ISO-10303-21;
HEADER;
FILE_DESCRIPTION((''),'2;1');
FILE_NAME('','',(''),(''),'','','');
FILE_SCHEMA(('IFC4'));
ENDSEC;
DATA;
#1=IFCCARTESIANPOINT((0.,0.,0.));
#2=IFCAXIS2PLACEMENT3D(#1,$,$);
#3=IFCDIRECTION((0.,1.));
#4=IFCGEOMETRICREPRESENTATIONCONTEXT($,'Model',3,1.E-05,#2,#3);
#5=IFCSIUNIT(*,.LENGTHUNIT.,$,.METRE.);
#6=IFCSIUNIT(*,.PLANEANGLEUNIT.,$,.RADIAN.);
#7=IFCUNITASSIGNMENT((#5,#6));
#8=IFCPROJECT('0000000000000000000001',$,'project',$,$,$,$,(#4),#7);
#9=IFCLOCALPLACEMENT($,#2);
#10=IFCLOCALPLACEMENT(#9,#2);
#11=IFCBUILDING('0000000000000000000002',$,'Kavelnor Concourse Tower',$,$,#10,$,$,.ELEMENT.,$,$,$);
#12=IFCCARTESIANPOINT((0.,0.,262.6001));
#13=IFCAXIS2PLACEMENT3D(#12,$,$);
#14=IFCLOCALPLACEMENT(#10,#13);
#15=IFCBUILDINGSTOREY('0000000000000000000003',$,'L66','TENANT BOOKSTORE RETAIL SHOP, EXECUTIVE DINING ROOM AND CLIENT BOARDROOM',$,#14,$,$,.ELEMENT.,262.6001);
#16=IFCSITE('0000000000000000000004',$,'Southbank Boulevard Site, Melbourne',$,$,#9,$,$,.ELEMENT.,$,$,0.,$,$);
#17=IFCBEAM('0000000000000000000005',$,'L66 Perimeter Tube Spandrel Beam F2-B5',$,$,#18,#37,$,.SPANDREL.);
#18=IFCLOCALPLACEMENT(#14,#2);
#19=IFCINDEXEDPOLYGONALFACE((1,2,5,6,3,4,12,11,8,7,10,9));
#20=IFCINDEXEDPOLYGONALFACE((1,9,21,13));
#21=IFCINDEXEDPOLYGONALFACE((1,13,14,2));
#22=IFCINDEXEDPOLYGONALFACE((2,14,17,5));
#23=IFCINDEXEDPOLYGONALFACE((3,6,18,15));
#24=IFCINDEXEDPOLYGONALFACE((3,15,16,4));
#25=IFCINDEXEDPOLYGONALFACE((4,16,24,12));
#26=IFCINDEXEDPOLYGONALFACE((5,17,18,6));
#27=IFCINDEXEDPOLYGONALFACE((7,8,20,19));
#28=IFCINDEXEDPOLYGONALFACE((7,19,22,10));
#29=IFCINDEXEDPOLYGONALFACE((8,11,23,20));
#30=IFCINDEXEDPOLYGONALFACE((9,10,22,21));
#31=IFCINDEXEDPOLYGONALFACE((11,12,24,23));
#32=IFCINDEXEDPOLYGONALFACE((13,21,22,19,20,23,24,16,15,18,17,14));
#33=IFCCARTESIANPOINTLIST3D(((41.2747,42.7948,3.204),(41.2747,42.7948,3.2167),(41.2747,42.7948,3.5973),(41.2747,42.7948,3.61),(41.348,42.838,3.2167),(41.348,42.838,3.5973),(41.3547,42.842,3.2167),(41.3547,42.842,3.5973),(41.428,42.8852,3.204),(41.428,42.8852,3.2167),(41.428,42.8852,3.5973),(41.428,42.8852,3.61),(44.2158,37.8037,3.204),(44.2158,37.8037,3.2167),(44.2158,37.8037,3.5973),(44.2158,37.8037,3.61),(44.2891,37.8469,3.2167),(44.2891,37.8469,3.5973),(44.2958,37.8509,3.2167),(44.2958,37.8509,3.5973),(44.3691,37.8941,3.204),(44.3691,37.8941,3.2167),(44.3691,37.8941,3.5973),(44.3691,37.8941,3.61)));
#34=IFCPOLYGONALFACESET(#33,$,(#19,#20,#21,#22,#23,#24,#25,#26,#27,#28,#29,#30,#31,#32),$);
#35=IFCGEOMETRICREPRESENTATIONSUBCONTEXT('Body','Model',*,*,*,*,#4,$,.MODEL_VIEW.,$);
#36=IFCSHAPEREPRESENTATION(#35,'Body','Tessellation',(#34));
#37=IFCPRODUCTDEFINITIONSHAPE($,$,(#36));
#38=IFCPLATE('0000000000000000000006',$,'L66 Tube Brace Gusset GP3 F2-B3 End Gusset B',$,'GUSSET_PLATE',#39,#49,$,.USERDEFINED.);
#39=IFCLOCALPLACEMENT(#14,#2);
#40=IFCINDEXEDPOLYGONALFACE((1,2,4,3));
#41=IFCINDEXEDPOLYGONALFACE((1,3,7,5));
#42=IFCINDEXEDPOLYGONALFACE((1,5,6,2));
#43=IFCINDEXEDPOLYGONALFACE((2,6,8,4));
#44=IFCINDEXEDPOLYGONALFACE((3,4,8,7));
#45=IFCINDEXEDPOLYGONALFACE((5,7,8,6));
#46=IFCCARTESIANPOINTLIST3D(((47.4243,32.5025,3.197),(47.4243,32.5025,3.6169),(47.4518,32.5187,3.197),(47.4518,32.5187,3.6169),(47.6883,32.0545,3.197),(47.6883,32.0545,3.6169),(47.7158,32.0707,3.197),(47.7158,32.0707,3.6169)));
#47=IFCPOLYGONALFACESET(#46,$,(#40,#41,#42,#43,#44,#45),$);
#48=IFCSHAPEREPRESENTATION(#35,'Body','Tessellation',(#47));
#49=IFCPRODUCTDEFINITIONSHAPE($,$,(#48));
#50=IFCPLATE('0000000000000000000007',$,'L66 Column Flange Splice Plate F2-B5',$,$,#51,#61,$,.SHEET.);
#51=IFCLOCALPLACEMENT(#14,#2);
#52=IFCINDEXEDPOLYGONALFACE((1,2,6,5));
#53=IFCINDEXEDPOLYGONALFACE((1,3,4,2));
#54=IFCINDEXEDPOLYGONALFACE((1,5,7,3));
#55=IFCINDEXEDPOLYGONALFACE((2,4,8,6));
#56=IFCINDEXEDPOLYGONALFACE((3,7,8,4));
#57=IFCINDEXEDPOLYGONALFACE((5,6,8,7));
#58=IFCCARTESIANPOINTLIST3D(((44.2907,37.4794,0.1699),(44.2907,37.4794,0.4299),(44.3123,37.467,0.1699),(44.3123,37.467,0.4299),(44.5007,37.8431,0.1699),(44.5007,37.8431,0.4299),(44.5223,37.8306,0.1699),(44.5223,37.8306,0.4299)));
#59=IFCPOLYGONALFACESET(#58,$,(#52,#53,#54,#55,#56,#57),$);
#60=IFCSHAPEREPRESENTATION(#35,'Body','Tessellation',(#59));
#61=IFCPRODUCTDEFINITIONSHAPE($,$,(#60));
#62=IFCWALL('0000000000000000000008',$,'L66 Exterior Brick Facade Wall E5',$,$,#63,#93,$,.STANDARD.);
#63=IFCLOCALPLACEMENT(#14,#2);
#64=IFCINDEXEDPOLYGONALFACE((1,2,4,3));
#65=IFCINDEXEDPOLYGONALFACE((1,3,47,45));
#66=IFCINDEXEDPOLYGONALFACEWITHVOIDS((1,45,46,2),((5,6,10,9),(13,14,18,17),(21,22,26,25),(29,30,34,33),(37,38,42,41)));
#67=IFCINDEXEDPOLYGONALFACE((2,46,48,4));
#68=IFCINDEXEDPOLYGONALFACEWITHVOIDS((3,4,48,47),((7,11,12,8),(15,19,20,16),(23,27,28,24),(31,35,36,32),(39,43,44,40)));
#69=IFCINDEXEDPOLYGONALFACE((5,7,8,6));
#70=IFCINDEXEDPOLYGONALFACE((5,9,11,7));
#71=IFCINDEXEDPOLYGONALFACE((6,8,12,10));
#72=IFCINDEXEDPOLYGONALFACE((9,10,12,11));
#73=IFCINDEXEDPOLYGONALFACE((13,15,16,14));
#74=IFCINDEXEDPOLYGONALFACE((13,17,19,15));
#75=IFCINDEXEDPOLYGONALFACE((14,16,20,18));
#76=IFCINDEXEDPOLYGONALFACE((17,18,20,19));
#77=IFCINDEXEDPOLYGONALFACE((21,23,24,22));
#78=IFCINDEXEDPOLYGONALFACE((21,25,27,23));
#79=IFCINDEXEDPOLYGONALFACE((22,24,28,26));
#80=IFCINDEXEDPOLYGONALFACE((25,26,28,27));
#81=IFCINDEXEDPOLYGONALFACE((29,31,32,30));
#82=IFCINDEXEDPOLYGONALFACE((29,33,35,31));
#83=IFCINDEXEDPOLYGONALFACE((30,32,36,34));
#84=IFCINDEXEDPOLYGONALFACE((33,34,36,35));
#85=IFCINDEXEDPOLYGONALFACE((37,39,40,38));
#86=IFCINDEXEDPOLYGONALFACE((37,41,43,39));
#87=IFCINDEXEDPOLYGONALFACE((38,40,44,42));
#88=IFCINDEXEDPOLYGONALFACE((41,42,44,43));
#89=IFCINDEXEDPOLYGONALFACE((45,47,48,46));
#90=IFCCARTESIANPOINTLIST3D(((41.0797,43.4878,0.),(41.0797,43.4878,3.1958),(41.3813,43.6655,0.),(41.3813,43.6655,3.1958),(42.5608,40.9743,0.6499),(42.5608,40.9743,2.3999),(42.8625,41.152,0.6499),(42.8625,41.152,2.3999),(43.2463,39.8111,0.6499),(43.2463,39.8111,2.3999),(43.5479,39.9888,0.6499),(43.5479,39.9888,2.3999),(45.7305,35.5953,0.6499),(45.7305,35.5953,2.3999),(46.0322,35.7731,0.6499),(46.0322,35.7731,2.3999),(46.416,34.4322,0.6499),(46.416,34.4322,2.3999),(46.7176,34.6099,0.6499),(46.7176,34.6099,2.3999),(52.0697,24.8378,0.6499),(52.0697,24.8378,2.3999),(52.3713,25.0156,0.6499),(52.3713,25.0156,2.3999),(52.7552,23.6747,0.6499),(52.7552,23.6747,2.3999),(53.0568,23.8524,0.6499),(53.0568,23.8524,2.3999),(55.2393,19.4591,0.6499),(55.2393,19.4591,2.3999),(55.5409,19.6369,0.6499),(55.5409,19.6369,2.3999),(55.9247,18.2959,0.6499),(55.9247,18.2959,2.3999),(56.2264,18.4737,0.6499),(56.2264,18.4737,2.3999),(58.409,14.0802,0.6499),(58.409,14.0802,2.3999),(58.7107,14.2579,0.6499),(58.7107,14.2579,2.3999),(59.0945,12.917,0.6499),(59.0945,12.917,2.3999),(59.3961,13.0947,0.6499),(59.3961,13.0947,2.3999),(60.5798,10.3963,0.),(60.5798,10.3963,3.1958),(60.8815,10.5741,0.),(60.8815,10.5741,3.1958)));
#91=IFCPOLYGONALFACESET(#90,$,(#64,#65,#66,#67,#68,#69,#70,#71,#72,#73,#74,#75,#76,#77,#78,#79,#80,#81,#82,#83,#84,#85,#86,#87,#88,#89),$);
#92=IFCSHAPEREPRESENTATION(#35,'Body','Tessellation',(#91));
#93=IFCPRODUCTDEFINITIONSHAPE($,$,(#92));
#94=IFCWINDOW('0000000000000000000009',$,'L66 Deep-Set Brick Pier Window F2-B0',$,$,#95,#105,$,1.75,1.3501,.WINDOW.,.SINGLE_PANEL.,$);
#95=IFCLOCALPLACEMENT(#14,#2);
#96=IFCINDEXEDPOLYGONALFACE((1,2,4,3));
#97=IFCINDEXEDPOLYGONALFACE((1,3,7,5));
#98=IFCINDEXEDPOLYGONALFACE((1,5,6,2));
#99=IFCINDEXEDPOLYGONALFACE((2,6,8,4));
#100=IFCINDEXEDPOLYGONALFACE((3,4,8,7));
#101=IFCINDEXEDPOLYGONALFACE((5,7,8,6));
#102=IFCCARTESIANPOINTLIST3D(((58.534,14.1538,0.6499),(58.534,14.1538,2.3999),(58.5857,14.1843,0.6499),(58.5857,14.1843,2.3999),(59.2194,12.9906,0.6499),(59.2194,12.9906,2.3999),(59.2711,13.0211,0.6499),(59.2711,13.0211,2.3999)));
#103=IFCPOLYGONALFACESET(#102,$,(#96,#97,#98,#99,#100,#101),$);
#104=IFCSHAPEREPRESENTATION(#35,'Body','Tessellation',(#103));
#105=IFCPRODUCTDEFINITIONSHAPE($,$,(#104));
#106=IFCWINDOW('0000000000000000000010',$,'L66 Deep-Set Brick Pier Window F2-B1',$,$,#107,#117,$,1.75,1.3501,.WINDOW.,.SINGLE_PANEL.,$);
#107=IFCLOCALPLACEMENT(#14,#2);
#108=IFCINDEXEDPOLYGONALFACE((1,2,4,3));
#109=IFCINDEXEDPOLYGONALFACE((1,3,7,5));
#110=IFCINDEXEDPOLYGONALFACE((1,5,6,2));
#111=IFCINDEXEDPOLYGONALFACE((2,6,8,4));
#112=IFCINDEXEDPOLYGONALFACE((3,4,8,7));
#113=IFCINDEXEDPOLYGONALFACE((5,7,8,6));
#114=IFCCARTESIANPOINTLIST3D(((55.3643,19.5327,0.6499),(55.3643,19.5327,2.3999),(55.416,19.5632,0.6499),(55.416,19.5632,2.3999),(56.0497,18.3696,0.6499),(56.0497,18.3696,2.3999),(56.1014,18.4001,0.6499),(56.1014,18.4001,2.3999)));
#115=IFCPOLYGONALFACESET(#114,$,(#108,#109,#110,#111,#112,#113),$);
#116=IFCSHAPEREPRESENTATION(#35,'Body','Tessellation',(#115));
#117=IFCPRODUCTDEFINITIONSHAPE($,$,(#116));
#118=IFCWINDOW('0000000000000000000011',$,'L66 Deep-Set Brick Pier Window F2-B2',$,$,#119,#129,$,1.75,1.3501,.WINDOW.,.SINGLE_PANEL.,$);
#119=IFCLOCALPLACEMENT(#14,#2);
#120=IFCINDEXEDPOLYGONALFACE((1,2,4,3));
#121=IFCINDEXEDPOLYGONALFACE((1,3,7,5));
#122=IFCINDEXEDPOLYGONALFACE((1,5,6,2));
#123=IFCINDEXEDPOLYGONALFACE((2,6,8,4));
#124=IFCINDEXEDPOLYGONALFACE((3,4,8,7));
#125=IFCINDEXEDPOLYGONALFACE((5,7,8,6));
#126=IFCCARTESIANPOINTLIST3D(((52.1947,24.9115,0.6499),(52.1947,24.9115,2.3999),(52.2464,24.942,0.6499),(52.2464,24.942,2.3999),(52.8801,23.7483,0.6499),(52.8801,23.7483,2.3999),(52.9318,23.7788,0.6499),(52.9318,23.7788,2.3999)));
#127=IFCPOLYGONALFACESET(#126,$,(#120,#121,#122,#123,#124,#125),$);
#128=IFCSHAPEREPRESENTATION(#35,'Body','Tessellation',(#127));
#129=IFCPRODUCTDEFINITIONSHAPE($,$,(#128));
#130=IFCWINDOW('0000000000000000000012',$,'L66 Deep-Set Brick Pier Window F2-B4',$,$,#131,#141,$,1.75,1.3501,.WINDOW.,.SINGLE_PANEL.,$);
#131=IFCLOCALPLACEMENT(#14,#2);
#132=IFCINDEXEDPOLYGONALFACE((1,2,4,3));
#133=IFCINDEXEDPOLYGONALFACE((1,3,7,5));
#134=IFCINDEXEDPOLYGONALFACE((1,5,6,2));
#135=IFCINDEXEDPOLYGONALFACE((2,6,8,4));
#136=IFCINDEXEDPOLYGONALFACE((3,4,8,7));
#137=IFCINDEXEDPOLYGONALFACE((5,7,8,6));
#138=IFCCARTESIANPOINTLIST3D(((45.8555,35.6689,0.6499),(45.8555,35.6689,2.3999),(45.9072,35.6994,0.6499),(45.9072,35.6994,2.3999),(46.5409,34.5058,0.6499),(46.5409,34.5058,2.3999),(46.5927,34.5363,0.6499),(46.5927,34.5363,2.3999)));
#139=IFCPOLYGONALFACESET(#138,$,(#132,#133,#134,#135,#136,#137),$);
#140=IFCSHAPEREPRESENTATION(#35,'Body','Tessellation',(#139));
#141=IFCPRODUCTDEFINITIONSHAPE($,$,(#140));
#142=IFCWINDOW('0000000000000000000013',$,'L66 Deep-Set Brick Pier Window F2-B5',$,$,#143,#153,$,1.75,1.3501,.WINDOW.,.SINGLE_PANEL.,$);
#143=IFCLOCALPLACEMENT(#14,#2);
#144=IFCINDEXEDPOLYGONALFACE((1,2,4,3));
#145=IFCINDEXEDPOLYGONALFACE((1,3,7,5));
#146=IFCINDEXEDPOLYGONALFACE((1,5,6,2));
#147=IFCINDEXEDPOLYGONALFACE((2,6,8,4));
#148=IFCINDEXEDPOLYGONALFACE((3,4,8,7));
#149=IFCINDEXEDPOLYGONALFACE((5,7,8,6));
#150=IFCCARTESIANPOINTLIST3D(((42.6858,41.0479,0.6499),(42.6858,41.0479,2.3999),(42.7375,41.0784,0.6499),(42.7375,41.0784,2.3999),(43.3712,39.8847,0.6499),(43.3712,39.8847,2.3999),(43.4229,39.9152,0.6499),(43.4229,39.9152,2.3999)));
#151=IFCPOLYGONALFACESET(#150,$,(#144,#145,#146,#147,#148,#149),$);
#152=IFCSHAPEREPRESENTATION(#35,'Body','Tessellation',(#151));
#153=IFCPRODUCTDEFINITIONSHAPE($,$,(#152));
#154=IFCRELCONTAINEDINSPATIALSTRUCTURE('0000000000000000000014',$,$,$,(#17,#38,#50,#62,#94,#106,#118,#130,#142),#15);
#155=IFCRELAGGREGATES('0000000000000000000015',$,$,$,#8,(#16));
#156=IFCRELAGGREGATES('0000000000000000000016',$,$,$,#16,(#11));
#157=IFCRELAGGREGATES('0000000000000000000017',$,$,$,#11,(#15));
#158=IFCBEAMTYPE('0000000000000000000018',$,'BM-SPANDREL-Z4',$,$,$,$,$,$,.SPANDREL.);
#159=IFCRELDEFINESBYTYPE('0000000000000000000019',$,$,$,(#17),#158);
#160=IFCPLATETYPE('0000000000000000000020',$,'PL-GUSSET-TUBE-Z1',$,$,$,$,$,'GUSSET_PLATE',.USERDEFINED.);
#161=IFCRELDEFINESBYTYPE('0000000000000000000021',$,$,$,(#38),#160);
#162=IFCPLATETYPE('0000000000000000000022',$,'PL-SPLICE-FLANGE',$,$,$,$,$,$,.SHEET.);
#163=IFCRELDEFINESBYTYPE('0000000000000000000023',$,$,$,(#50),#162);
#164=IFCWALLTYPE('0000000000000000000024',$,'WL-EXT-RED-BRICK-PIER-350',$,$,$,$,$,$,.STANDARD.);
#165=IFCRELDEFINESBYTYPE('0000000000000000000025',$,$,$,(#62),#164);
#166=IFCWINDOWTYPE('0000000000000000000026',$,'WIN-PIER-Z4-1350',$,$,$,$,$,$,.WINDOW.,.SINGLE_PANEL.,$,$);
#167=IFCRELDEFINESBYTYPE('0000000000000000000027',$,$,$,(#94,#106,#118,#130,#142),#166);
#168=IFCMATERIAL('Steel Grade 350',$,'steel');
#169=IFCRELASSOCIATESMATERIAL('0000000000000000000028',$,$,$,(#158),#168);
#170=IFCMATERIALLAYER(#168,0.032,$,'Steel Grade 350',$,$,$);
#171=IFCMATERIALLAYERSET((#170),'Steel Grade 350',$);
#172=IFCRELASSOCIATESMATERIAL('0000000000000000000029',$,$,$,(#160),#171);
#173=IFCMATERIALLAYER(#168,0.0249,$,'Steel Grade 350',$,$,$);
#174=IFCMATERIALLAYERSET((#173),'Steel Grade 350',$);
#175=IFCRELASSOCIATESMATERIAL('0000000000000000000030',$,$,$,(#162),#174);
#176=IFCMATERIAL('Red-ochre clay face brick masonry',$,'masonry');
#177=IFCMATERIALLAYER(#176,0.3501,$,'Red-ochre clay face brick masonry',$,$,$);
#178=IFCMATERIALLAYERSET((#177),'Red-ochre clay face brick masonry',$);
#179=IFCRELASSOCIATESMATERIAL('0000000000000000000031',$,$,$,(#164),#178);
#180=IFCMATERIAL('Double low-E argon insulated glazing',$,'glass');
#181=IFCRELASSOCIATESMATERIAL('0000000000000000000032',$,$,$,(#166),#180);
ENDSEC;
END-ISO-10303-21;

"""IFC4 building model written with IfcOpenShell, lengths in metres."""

from ifc_helpers import new_model, si_unit, direction, frame, frame_2d, origin, origin_2d, place, context, subcontext, project, spatial, rectangle, i_section, extrude, material, layer, layer_set, material_profile, profile_set, type_object, element, fill, save


model = new_model("IFC4")

# Units and contexts
model_context = context("Model", 3, precision=1e-05, world=origin(), true_north=direction((0.0, 1.0)))
body_context = subcontext(model_context, "Body", "Model", "MODEL_VIEW")
ifc_project = project(units=[si_unit("LENGTHUNIT", "METRE"), si_unit("PLANEANGLEUNIT", "RADIAN")], contexts=[model_context])

# Site, building, storey
site_placement = place(None, origin())
site = spatial("IfcSite", under=ifc_project, at=site_placement, Name="Southbank Boulevard Site, Melbourne", CompositionType="ELEMENT", RefElevation=0.0)
building_placement = place(site_placement, origin())
building = spatial("IfcBuilding", under=site, at=building_placement, Name="Kavelnor Concourse Tower", CompositionType="ELEMENT")
storey_placement = place(building_placement, frame((0.0, 0.0, 262.6001)))
storey = spatial("IfcBuildingStorey", under=building, at=storey_placement, Name="L66", Description="TENANT BOOKSTORE RETAIL SHOP, EXECUTIVE DINING ROOM AND CLIENT BOARDROOM", CompositionType="ELEMENT", Elevation=262.6001)

# Shared definitions
ifc_material_1 = material(Name="Steel Grade 350", Category="steel")

# Beam
ifc_material_profile_1 = material_profile(ifc_material_1, i_section(OverallWidth=0.178, OverallDepth=0.406, WebThickness=0.0078, FlangeThickness=0.0127, at=origin_2d()), Name="410UB59")
ifc_profile_set_1 = profile_set([ifc_material_profile_1], Name="Steel Grade 350")
beam_type_1 = type_object("IfcBeamType", Name="BM-SPANDREL-Z4", PredefinedType="SPANDREL", material=ifc_profile_set_1)
for number, where, z_axis, x_axis, name in (
    (1, (44.2925, 37.8489, 3.407), (-0.507681, 0.861545, 0.0), (-0.861545, -0.507681, 0.0), "L66 Perimeter Tube Spandrel Beam F2-B5"),
):
    element("IfcBeam", number, at=place(storey_placement, frame(where, z_axis=z_axis, x_axis=x_axis)), inside=storey, type_object=beam_type_1, Name=name, PredefinedType="SPANDREL", context=body_context, shape_type="SweptSolid", body=[
        extrude(i_section(OverallWidth=0.178, OverallDepth=0.406, WebThickness=0.0078, FlangeThickness=0.0127, at=origin_2d()), origin(), (0.0, 0.0, 1.0), 5.7932),
    ])

# Plates
ifc_layer_1 = layer(ifc_material_1, 0.032, Name="Steel Grade 350")
ifc_layer_set_1 = layer_set([ifc_layer_1], Name="Steel Grade 350")
plate_type_1 = type_object("IfcPlateType", Name="PL-GUSSET-TUBE-Z1", ElementType="GUSSET_PLATE", PredefinedType="USERDEFINED", material=ifc_layer_set_1)
plate_1_placement = place(storey_placement, frame((47.5701, 32.2866, 3.197), z_axis=(0.0, 0.0, 1.0), x_axis=(-0.507689, 0.861541, 0.0)))
element("IfcPlate", 2, at=plate_1_placement, inside=storey, type_object=plate_type_1, Name="L66 Tube Brace Gusset GP3 F2-B3 End Gusset B", ObjectType="GUSSET_PLATE", PredefinedType="USERDEFINED", context=body_context, shape_type="SweptSolid", body=[
    extrude(rectangle(XDim=0.52, YDim=0.032, at=origin_2d()), origin(), (0.0, 0.0, 1.0), 0.4199),
])
ifc_layer_2 = layer(ifc_material_1, 0.0249, Name="Steel Grade 350")
ifc_layer_set_2 = layer_set([ifc_layer_2], Name="Steel Grade 350")
plate_type_2 = type_object("IfcPlateType", Name="PL-SPLICE-FLANGE", PredefinedType="SHEET", material=ifc_layer_set_2)
plate_2_placement = place(storey_placement, frame((44.4065, 37.655, 0.1699), z_axis=(0.0, 0.0, 1.0), x_axis=(-0.5, -0.866025, 0.0)))
element("IfcPlate", 3, at=plate_2_placement, inside=storey, type_object=plate_type_2, Name="L66 Column Flange Splice Plate F2-B5", PredefinedType="SHEET", context=body_context, shape_type="SweptSolid", body=[
    extrude(rectangle(XDim=0.4199, YDim=0.0249, at=origin_2d()), origin(), (0.0, 0.0, 1.0), 0.26),
])

# Wall, openings, windows
ifc_material_2 = material(Name="Red-ochre clay face brick masonry", Category="masonry")
ifc_layer_3 = layer(ifc_material_2, 0.3501, Name="Red-ochre clay face brick masonry")
ifc_layer_set_3 = layer_set([ifc_layer_3], Name="Red-ochre clay face brick masonry")
wall_type_1 = type_object("IfcWallType", Name="WL-EXT-RED-BRICK-PIER-350", PredefinedType="STANDARD", material=ifc_layer_set_3)
wall_1_placement = place(storey_placement, frame((41.2305, 43.5767, 0.0), z_axis=(0.0, 0.0, 1.0), x_axis=(0.50769, -0.86154, 0.0)))
wall_1 = element("IfcWall", 4, at=wall_1_placement, inside=storey, type_object=wall_type_1, Name="L66 Exterior Brick Facade Wall E5", PredefinedType="STANDARD", context=body_context, shape_type="SweptSolid", body=[
    extrude(rectangle(XDim=38.4097, YDim=0.3501, at=frame_2d((19.2048, 0.0))), origin(), (0.0, 0.0, 1.0), 3.1958),
])
opening_1_placement = place(wall_1_placement, frame((34.1338, 0.0, 0.6499)))
opening_1 = element("IfcOpeningElement", 5, at=opening_1_placement, cuts=wall_1, PredefinedType="OPENING", context=body_context, shape_type="SweptSolid", body=[
    extrude(rectangle(XDim=1.3501, YDim=1.75, at=frame_2d((0.675, 0.875))), frame((0.0, 0.1851, 0.0), z_axis=(0.0, -1.0, 0.0), x_axis=(1.0, 0.0, 0.0)), (0.0, 0.0, 1.0), 0.3701),
])
opening_2_placement = place(wall_1_placement, frame((27.8904, 0.0, 0.6499)))
opening_2 = element("IfcOpeningElement", 6, at=opening_2_placement, cuts=wall_1, PredefinedType="OPENING", context=body_context, shape_type="SweptSolid", body=[
    extrude(rectangle(XDim=1.3501, YDim=1.75, at=frame_2d((0.675, 0.875))), frame((0.0, 0.1851, 0.0), z_axis=(0.0, -1.0, 0.0), x_axis=(1.0, 0.0, 0.0)), (0.0, 0.0, 1.0), 0.3701),
])
opening_3_placement = place(wall_1_placement, frame((21.6472, 0.0, 0.6499)))
opening_3 = element("IfcOpeningElement", 7, at=opening_3_placement, cuts=wall_1, PredefinedType="OPENING", context=body_context, shape_type="SweptSolid", body=[
    extrude(rectangle(XDim=1.3501, YDim=1.75, at=frame_2d((0.675, 0.875))), frame((0.0, 0.1851, 0.0), z_axis=(0.0, -1.0, 0.0), x_axis=(1.0, 0.0, 0.0)), (0.0, 0.0, 1.0), 0.3701),
])
opening_4_placement = place(wall_1_placement, frame((9.1609, 0.0, 0.6499)))
opening_4 = element("IfcOpeningElement", 8, at=opening_4_placement, cuts=wall_1, PredefinedType="OPENING", context=body_context, shape_type="SweptSolid", body=[
    extrude(rectangle(XDim=1.3501, YDim=1.75, at=frame_2d((0.675, 0.875))), frame((0.0, 0.1851, 0.0), z_axis=(0.0, -1.0, 0.0), x_axis=(1.0, 0.0, 0.0)), (0.0, 0.0, 1.0), 0.3701),
])
opening_5_placement = place(wall_1_placement, frame((2.9175, 0.0, 0.6499)))
opening_5 = element("IfcOpeningElement", 9, at=opening_5_placement, cuts=wall_1, PredefinedType="OPENING", context=body_context, shape_type="SweptSolid", body=[
    extrude(rectangle(XDim=1.3501, YDim=1.75, at=frame_2d((0.675, 0.875))), frame((0.0, 0.1851, 0.0), z_axis=(0.0, -1.0, 0.0), x_axis=(1.0, 0.0, 0.0)), (0.0, 0.0, 1.0), 0.3701),
])
ifc_material_3 = material(Name="Double low-E argon insulated glazing", Category="glass")
window_type = type_object("IfcWindowType", Name="WIN-PIER-Z4-1350", PartitioningType="SINGLE_PANEL", PredefinedType="WINDOW", material=ifc_material_3)
window_1_placement = place(opening_1_placement, origin())
window_1 = element("IfcWindow", 10, at=window_1_placement, inside=storey, type_object=window_type, Name="L66 Deep-Set Brick Pier Window F2-B0", OverallHeight=1.75, OverallWidth=1.3501, PartitioningType="SINGLE_PANEL", PredefinedType="WINDOW", context=body_context, shape_type="SweptSolid", body=[
    extrude(rectangle(XDim=1.3501, YDim=1.75, at=frame_2d((0.675, 0.875))), frame((0.0, 0.03, 0.0), z_axis=(0.0, -1.0, 0.0), x_axis=(1.0, 0.0, 0.0)), (0.0, 0.0, 1.0), 0.0601),
])
fill(opening_1, window_1)
window_2_placement = place(opening_2_placement, origin())
window_2 = element("IfcWindow", 11, at=window_2_placement, inside=storey, type_object=window_type, Name="L66 Deep-Set Brick Pier Window F2-B1", OverallHeight=1.75, OverallWidth=1.3501, PartitioningType="SINGLE_PANEL", PredefinedType="WINDOW", context=body_context, shape_type="SweptSolid", body=[
    extrude(rectangle(XDim=1.3501, YDim=1.75, at=frame_2d((0.675, 0.875))), frame((0.0, 0.03, 0.0), z_axis=(0.0, -1.0, 0.0), x_axis=(1.0, 0.0, 0.0)), (0.0, 0.0, 1.0), 0.0601),
])
fill(opening_2, window_2)
window_3_placement = place(opening_3_placement, origin())
window_3 = element("IfcWindow", 12, at=window_3_placement, inside=storey, type_object=window_type, Name="L66 Deep-Set Brick Pier Window F2-B2", OverallHeight=1.75, OverallWidth=1.3501, PartitioningType="SINGLE_PANEL", PredefinedType="WINDOW", context=body_context, shape_type="SweptSolid", body=[
    extrude(rectangle(XDim=1.3501, YDim=1.75, at=frame_2d((0.675, 0.875))), frame((0.0, 0.03, 0.0), z_axis=(0.0, -1.0, 0.0), x_axis=(1.0, 0.0, 0.0)), (0.0, 0.0, 1.0), 0.0601),
])
fill(opening_3, window_3)
window_4_placement = place(opening_4_placement, origin())
window_4 = element("IfcWindow", 13, at=window_4_placement, inside=storey, type_object=window_type, Name="L66 Deep-Set Brick Pier Window F2-B4", OverallHeight=1.75, OverallWidth=1.3501, PartitioningType="SINGLE_PANEL", PredefinedType="WINDOW", context=body_context, shape_type="SweptSolid", body=[
    extrude(rectangle(XDim=1.3501, YDim=1.75, at=frame_2d((0.675, 0.875))), frame((0.0, 0.03, 0.0), z_axis=(0.0, -1.0, 0.0), x_axis=(1.0, 0.0, 0.0)), (0.0, 0.0, 1.0), 0.0601),
])
fill(opening_4, window_4)
window_5_placement = place(opening_5_placement, origin())
window_5 = element("IfcWindow", 14, at=window_5_placement, inside=storey, type_object=window_type, Name="L66 Deep-Set Brick Pier Window F2-B5", OverallHeight=1.75, OverallWidth=1.3501, PartitioningType="SINGLE_PANEL", PredefinedType="WINDOW", context=body_context, shape_type="SweptSolid", body=[
    extrude(rectangle(XDim=1.3501, YDim=1.75, at=frame_2d((0.675, 0.875))), frame((0.0, 0.03, 0.0), z_axis=(0.0, -1.0, 0.0), x_axis=(1.0, 0.0, 0.0)), (0.0, 0.0, 1.0), 0.0601),
])
fill(opening_5, window_5)

save(model, "model.ifc")
